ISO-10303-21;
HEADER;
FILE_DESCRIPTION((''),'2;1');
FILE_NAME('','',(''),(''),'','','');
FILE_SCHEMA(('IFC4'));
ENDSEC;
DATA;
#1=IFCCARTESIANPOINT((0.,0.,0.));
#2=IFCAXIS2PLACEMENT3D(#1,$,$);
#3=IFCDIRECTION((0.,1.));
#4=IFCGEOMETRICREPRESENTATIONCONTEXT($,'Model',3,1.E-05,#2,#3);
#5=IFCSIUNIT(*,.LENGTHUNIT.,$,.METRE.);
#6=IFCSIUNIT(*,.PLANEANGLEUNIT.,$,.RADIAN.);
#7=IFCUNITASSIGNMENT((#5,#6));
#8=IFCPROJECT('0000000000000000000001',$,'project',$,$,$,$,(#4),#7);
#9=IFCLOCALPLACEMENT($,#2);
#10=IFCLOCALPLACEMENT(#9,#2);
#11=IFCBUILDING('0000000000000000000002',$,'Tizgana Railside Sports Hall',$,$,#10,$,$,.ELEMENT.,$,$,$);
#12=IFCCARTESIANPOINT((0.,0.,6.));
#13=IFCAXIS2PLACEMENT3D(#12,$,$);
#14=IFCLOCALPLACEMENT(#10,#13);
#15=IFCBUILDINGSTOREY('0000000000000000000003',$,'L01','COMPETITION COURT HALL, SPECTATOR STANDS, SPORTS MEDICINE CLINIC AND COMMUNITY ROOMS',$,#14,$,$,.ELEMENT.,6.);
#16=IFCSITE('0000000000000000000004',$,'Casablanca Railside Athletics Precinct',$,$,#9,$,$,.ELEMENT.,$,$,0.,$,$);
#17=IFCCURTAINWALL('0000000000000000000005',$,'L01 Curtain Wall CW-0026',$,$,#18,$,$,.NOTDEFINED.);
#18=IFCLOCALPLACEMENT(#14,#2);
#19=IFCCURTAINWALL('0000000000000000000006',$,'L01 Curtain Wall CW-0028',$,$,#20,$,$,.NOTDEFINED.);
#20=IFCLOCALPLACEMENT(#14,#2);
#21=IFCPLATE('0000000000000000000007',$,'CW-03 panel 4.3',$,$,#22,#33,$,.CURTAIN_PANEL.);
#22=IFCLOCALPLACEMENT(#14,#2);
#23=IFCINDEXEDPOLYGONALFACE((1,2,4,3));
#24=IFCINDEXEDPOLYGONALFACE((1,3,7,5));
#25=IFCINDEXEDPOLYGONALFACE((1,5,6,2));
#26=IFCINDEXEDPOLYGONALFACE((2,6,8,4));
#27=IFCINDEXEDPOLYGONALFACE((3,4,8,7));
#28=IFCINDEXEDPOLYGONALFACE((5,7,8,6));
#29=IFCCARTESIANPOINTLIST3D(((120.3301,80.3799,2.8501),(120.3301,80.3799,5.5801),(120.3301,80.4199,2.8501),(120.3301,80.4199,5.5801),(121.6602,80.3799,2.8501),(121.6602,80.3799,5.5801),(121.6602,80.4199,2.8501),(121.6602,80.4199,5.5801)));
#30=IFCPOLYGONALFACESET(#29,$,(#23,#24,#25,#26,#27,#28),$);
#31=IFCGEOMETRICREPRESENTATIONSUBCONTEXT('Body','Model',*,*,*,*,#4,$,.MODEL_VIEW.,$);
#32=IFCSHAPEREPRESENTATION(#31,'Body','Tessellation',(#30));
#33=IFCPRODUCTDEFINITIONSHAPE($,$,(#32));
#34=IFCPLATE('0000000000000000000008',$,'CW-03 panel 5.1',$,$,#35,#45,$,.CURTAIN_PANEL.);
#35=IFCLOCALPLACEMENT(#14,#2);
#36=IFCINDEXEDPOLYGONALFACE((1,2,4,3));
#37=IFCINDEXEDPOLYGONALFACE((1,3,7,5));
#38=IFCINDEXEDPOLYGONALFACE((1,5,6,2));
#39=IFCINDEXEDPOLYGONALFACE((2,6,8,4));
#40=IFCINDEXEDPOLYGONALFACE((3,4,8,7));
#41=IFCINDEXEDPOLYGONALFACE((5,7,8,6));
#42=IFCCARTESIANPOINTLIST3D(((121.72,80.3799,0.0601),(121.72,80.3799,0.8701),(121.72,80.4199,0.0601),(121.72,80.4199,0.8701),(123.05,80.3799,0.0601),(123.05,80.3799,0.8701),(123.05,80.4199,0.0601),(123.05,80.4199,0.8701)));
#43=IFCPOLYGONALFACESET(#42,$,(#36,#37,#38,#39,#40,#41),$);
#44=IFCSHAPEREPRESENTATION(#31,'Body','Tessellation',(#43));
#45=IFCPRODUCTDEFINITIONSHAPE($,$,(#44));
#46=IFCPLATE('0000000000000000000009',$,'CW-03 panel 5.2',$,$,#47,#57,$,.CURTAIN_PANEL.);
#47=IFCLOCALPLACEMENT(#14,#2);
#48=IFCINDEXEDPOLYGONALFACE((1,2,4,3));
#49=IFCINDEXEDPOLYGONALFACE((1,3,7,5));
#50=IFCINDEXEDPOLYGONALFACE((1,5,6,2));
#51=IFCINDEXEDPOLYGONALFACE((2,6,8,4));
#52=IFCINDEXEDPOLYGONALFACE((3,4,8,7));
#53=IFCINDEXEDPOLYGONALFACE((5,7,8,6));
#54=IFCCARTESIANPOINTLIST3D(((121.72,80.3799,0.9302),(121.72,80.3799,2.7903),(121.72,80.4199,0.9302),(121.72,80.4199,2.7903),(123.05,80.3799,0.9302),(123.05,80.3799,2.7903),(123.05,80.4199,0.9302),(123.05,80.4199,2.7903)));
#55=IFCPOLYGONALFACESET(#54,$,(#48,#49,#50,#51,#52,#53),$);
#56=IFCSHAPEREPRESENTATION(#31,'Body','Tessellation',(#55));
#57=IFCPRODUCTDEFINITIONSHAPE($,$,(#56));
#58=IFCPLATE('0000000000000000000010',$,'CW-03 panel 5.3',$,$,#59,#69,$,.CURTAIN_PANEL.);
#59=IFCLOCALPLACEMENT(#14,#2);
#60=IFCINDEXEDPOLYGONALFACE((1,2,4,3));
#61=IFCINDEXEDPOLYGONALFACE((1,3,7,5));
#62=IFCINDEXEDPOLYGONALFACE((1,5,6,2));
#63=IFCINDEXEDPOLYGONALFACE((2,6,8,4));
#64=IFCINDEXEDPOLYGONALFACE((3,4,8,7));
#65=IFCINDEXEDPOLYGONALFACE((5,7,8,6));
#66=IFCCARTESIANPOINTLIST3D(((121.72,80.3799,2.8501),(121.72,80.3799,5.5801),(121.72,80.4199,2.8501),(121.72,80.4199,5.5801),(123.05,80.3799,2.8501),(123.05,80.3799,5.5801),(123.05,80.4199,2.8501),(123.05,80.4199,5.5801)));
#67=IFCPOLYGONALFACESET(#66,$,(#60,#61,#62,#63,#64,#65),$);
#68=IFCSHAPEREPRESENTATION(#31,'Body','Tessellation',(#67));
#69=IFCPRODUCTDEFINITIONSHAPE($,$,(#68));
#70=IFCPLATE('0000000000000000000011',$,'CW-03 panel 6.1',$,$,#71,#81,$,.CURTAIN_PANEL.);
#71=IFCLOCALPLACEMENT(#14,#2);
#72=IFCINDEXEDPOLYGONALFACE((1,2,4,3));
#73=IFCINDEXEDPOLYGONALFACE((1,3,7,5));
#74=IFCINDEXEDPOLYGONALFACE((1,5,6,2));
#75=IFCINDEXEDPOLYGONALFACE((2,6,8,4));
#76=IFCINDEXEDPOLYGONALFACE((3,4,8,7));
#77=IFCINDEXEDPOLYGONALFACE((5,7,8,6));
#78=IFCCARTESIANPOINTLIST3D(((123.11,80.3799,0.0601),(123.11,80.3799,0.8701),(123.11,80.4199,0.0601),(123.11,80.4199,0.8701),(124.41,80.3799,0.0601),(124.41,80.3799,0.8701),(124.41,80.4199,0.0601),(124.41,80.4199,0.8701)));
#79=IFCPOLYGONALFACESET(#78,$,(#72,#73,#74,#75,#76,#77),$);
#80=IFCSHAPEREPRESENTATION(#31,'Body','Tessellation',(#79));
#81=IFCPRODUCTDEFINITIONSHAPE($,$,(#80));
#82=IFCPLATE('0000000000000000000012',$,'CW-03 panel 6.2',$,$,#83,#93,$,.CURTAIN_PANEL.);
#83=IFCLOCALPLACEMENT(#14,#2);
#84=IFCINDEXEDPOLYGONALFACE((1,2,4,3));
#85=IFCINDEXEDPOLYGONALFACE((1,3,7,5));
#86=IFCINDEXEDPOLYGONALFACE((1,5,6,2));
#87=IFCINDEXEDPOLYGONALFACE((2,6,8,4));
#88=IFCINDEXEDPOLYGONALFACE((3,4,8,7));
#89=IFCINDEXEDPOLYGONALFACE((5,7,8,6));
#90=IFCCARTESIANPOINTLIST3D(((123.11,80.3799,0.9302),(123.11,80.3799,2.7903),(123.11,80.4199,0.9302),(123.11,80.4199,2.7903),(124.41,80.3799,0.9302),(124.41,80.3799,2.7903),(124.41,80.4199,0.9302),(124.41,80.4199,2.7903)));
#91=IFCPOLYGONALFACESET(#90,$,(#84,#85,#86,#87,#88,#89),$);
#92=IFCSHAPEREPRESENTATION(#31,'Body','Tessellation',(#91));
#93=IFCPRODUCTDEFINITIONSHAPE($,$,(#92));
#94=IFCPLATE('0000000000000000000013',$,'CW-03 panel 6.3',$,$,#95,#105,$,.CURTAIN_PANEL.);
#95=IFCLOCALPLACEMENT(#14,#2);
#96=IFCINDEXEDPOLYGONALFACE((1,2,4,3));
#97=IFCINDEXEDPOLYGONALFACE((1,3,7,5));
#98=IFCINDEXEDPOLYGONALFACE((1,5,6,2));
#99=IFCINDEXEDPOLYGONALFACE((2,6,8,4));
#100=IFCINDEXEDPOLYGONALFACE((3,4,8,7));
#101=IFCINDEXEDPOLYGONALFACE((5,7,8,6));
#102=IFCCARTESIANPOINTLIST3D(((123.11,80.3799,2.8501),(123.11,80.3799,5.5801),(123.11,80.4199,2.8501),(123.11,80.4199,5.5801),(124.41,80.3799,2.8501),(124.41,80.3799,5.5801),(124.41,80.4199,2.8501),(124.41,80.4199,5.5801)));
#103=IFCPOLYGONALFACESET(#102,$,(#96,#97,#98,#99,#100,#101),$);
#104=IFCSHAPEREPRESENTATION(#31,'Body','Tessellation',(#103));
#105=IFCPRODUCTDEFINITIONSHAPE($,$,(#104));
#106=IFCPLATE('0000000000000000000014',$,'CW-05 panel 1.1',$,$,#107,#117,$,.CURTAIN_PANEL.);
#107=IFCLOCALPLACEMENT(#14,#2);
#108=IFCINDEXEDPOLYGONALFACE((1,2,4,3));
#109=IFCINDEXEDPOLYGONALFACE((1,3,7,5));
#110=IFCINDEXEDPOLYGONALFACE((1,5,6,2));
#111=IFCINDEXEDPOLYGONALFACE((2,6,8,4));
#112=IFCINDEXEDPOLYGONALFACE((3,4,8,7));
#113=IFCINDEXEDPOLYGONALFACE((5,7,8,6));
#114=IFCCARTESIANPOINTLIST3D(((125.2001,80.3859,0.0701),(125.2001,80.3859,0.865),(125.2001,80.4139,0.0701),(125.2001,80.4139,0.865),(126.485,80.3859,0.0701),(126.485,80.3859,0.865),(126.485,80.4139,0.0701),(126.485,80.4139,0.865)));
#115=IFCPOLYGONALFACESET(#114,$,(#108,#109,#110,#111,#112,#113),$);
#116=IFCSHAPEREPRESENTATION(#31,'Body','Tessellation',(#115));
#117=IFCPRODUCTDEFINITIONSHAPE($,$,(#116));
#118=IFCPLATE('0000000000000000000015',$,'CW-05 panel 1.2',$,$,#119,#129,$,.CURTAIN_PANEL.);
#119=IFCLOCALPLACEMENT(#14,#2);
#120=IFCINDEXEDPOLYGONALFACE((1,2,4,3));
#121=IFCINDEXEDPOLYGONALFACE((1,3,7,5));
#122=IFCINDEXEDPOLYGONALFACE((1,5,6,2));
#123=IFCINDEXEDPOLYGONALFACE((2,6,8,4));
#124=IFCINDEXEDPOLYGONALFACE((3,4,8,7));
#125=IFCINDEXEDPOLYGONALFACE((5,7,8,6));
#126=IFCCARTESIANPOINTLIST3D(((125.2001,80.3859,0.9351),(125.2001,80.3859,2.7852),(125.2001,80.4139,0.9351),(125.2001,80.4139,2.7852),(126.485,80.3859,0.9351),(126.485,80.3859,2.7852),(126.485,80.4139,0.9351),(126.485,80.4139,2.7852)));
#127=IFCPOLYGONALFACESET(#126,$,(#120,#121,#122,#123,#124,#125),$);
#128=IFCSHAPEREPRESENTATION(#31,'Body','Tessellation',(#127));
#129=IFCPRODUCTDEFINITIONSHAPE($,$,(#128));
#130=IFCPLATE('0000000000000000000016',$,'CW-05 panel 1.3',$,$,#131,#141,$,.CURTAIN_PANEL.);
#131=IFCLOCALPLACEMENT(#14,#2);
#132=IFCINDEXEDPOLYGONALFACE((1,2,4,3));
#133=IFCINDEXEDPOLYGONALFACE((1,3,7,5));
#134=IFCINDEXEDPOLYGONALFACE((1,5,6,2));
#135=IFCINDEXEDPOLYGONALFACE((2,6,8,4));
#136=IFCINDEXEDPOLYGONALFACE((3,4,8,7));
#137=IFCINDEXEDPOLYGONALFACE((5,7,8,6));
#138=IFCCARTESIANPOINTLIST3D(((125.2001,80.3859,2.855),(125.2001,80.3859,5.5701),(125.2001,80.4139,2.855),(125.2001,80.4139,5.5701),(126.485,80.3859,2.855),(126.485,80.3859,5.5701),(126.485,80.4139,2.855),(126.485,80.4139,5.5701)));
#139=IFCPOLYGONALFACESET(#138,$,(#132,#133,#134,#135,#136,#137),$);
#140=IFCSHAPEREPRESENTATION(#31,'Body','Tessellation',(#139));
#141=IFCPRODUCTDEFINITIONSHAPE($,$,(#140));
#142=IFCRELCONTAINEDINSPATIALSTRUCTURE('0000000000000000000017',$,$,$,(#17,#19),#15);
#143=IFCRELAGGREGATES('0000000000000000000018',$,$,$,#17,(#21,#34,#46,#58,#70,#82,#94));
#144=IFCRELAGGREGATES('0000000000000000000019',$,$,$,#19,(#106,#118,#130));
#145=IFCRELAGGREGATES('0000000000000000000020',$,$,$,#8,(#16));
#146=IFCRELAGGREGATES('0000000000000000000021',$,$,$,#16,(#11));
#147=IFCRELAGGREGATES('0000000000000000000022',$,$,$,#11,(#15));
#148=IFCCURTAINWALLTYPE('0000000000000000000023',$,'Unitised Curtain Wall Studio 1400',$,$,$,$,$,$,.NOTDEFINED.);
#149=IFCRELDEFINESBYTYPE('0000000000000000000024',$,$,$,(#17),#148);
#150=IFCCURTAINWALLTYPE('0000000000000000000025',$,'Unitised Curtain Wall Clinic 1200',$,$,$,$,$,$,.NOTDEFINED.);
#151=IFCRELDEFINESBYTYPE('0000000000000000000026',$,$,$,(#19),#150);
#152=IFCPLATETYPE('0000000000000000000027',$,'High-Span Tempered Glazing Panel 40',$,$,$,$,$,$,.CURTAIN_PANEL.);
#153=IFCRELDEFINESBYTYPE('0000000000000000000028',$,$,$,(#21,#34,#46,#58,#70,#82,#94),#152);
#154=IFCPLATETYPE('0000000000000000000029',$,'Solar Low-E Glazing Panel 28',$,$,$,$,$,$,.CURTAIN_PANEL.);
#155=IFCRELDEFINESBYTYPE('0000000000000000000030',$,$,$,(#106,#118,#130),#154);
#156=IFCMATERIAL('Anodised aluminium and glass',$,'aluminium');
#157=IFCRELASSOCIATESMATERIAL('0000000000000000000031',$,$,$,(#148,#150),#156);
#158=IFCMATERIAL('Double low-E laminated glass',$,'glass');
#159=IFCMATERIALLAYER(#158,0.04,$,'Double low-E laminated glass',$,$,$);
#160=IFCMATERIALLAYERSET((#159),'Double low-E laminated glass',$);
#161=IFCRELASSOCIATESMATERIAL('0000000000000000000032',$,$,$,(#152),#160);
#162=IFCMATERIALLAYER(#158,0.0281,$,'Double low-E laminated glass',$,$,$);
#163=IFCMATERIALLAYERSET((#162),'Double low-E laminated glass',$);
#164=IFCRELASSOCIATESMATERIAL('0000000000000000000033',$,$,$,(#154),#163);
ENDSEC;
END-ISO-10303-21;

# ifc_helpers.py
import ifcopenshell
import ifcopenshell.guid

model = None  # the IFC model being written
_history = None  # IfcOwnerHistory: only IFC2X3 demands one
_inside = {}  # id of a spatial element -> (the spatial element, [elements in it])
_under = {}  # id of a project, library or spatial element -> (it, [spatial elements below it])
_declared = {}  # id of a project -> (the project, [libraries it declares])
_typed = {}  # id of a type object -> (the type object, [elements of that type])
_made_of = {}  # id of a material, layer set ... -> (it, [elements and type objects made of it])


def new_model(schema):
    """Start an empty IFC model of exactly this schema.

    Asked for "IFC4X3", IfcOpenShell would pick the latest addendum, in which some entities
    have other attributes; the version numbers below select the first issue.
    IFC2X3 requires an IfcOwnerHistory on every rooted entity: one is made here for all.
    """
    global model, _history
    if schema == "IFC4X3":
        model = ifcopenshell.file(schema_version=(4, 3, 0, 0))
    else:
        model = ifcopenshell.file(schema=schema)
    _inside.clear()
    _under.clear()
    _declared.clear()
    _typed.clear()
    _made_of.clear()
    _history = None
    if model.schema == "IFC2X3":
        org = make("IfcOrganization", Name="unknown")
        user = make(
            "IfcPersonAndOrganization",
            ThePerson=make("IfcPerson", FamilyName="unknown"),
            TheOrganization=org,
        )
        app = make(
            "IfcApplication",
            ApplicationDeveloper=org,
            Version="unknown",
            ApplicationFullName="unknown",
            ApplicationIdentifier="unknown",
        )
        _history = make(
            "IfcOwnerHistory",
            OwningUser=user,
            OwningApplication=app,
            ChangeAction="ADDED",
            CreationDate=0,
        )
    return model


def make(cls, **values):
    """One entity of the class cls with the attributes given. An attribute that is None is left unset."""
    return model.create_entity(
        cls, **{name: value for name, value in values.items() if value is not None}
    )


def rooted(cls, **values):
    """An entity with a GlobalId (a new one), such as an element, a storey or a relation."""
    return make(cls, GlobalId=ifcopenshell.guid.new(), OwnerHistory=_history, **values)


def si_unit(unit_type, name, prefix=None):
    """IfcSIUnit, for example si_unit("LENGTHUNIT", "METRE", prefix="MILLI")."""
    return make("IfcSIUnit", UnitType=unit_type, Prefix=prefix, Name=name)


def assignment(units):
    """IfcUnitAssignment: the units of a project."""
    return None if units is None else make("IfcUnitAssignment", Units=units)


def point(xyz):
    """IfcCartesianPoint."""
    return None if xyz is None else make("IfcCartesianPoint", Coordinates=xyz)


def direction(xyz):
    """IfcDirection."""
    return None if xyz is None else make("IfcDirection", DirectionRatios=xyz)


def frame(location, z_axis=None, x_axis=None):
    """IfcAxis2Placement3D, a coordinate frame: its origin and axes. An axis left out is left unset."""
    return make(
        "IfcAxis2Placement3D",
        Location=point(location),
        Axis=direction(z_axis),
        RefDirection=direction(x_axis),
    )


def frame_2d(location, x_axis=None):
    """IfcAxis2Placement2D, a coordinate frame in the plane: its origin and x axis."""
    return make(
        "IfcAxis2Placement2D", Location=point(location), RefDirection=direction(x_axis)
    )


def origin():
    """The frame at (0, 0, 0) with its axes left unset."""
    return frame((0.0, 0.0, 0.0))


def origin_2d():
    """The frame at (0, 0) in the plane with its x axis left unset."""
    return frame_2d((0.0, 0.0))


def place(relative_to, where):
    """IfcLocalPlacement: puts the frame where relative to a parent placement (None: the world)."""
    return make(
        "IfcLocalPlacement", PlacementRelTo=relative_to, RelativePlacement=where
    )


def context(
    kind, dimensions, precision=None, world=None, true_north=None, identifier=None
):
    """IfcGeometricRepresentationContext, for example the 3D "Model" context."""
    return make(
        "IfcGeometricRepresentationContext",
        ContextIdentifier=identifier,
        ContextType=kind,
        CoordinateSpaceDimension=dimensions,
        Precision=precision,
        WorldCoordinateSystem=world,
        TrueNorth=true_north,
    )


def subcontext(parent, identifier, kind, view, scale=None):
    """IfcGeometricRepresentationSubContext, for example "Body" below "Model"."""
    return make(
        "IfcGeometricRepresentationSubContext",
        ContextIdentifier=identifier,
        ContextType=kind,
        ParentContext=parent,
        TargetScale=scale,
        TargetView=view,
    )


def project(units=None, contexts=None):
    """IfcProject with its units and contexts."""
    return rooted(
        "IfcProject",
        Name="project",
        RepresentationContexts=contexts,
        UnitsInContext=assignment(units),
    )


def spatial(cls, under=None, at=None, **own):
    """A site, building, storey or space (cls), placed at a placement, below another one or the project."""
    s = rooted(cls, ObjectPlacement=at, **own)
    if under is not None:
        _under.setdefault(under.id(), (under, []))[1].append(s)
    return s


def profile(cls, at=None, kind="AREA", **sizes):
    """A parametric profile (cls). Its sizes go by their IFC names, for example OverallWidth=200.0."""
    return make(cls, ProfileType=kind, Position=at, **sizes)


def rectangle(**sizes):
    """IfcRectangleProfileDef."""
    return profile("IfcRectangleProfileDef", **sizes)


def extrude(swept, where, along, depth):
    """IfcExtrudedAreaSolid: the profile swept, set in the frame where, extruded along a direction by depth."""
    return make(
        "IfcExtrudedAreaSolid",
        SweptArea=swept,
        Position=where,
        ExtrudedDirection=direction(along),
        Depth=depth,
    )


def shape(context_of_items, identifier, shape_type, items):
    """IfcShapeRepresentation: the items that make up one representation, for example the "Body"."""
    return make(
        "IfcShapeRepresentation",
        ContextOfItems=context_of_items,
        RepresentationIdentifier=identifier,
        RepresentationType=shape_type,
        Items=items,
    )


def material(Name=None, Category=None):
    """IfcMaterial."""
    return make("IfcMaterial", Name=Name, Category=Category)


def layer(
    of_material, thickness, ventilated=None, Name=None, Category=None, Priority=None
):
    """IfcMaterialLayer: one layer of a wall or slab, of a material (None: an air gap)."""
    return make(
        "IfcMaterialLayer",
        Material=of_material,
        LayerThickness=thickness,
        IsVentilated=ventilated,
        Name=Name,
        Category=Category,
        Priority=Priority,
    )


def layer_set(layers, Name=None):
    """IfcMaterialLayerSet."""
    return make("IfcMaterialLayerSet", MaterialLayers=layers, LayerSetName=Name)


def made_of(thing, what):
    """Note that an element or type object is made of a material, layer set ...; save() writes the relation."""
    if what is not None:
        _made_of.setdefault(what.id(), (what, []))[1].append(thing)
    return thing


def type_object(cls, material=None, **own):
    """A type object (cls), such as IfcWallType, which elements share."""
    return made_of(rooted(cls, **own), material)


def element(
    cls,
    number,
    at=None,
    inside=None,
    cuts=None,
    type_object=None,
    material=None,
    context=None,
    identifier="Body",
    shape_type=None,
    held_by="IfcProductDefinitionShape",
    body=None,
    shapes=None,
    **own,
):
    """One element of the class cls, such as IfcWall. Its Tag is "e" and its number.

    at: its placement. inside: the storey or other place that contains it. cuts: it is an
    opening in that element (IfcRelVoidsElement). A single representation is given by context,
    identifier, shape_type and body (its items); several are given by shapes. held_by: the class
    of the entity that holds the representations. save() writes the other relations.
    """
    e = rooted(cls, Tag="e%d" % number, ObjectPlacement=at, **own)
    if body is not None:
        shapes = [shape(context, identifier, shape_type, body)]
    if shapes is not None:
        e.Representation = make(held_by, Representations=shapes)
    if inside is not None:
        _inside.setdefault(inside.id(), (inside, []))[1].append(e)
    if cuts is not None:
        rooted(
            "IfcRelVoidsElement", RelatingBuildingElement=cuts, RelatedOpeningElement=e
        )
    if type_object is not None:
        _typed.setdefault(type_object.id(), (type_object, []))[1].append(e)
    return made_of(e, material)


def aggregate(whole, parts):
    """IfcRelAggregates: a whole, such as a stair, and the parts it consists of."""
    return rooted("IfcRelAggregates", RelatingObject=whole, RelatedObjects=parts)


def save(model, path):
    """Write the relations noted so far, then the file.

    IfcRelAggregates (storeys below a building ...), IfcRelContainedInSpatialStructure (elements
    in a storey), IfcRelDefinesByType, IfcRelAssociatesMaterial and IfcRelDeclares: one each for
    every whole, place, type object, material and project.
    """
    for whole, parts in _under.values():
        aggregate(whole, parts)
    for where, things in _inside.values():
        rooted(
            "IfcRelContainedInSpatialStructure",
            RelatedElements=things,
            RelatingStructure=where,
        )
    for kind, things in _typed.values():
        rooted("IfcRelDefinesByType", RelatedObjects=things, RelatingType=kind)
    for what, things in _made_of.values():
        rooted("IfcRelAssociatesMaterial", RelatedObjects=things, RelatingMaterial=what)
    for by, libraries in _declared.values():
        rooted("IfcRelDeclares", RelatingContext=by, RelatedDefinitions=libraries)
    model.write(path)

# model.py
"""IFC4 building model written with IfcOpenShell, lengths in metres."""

from ifc_helpers import new_model, si_unit, direction, frame, origin, origin_2d, place, context, subcontext, project, spatial, rectangle, extrude, material, layer, layer_set, type_object, element, aggregate, save


model = new_model("IFC4")

# Units and contexts
model_context = context("Model", 3, precision=1e-05, world=origin(), true_north=direction((0.0, 1.0)))
body_context = subcontext(model_context, "Body", "Model", "MODEL_VIEW")
ifc_project = project(units=[si_unit("LENGTHUNIT", "METRE"), si_unit("PLANEANGLEUNIT", "RADIAN")], contexts=[model_context])

# Site, building, storey
site_placement = place(None, origin())
site = spatial("IfcSite", under=ifc_project, at=site_placement, Name="Casablanca Railside Athletics Precinct", CompositionType="ELEMENT", RefElevation=0.0)
building_placement = place(site_placement, origin())
building = spatial("IfcBuilding", under=site, at=building_placement, Name="Tizgana Railside Sports Hall", CompositionType="ELEMENT")
storey_placement = place(building_placement, frame((0.0, 0.0, 6.0)))
storey = spatial("IfcBuildingStorey", under=building, at=storey_placement, Name="L01", Description="COMPETITION COURT HALL, SPECTATOR STANDS, SPORTS MEDICINE CLINIC AND COMMUNITY ROOMS", CompositionType="ELEMENT", Elevation=6.0)

# Curtain walls
ifc_material_1 = material(Name="Anodised aluminium and glass", Category="aluminium")
curtain_wall_type_1 = type_object("IfcCurtainWallType", Name="Unitised Curtain Wall Studio 1400", PredefinedType="NOTDEFINED", material=ifc_material_1)
curtain_wall_1_placement = place(storey_placement, origin())
curtain_wall_1 = element("IfcCurtainWall", 1, at=curtain_wall_1_placement, inside=storey, type_object=curtain_wall_type_1, Name="L01 Curtain Wall CW-0026", PredefinedType="NOTDEFINED")
curtain_wall_type_2 = type_object("IfcCurtainWallType", Name="Unitised Curtain Wall Clinic 1200", PredefinedType="NOTDEFINED", material=ifc_material_1)
curtain_wall_2_placement = place(storey_placement, origin())
curtain_wall_2 = element("IfcCurtainWall", 2, at=curtain_wall_2_placement, inside=storey, type_object=curtain_wall_type_2, Name="L01 Curtain Wall CW-0028", PredefinedType="NOTDEFINED")

# Plates
ifc_material_2 = material(Name="Double low-E laminated glass", Category="glass")
ifc_layer_1 = layer(ifc_material_2, 0.04, Name="Double low-E laminated glass")
ifc_layer_set_1 = layer_set([ifc_layer_1], Name="Double low-E laminated glass")
plate_type_1 = type_object("IfcPlateType", Name="High-Span Tempered Glazing Panel 40", PredefinedType="CURTAIN_PANEL", material=ifc_layer_set_1)
plate_1_placement = place(storey_placement, frame((120.9951, 80.3999, 2.8501), z_axis=(0.0, 0.0, 1.0), x_axis=(1.0, 0.0, 0.0)))
plate_1 = element("IfcPlate", 3, at=plate_1_placement, type_object=plate_type_1, Name="CW-03 panel 4.3", PredefinedType="CURTAIN_PANEL", context=body_context, shape_type="SweptSolid", body=[
    extrude(rectangle(XDim=1.3301, YDim=0.04, at=origin_2d()), origin(), (0.0, 0.0, 1.0), 2.73),
])
plate_2_placement = place(storey_placement, frame((122.385, 80.3999, 0.0601), z_axis=(0.0, 0.0, 1.0), x_axis=(1.0, 0.0, 0.0)))
plate_2 = element("IfcPlate", 4, at=plate_2_placement, type_object=plate_type_1, Name="CW-03 panel 5.1", PredefinedType="CURTAIN_PANEL", context=body_context, shape_type="SweptSolid", body=[
    extrude(rectangle(XDim=1.3301, YDim=0.04, at=origin_2d()), origin(), (0.0, 0.0, 1.0), 0.8101),
])
plate_3_placement = place(storey_placement, frame((122.385, 80.3999, 0.9302), z_axis=(0.0, 0.0, 1.0), x_axis=(1.0, 0.0, 0.0)))
plate_3 = element("IfcPlate", 5, at=plate_3_placement, type_object=plate_type_1, Name="CW-03 panel 5.2", PredefinedType="CURTAIN_PANEL", context=body_context, shape_type="SweptSolid", body=[
    extrude(rectangle(XDim=1.3301, YDim=0.04, at=origin_2d()), origin(), (0.0, 0.0, 1.0), 1.8601),
])
plate_4_placement = place(storey_placement, frame((122.385, 80.3999, 2.8501), z_axis=(0.0, 0.0, 1.0), x_axis=(1.0, 0.0, 0.0)))
plate_4 = element("IfcPlate", 6, at=plate_4_placement, type_object=plate_type_1, Name="CW-03 panel 5.3", PredefinedType="CURTAIN_PANEL", context=body_context, shape_type="SweptSolid", body=[
    extrude(rectangle(XDim=1.3301, YDim=0.04, at=origin_2d()), origin(), (0.0, 0.0, 1.0), 2.73),
])
plate_5_placement = place(storey_placement, frame((123.76, 80.3999, 0.0601), z_axis=(0.0, 0.0, 1.0), x_axis=(1.0, 0.0, 0.0)))
plate_5 = element("IfcPlate", 7, at=plate_5_placement, type_object=plate_type_1, Name="CW-03 panel 6.1", PredefinedType="CURTAIN_PANEL", context=body_context, shape_type="SweptSolid", body=[
    extrude(rectangle(XDim=1.3, YDim=0.04, at=origin_2d()), origin(), (0.0, 0.0, 1.0), 0.8101),
])
plate_6_placement = place(storey_placement, frame((123.76, 80.3999, 0.9302), z_axis=(0.0, 0.0, 1.0), x_axis=(1.0, 0.0, 0.0)))
plate_6 = element("IfcPlate", 8, at=plate_6_placement, type_object=plate_type_1, Name="CW-03 panel 6.2", PredefinedType="CURTAIN_PANEL", context=body_context, shape_type="SweptSolid", body=[
    extrude(rectangle(XDim=1.3, YDim=0.04, at=origin_2d()), origin(), (0.0, 0.0, 1.0), 1.8601),
])
plate_7_placement = place(storey_placement, frame((123.76, 80.3999, 2.8501), z_axis=(0.0, 0.0, 1.0), x_axis=(1.0, 0.0, 0.0)))
plate_7 = element("IfcPlate", 9, at=plate_7_placement, type_object=plate_type_1, Name="CW-03 panel 6.3", PredefinedType="CURTAIN_PANEL", context=body_context, shape_type="SweptSolid", body=[
    extrude(rectangle(XDim=1.3, YDim=0.04, at=origin_2d()), origin(), (0.0, 0.0, 1.0), 2.73),
])
aggregate(curtain_wall_1, [plate_1, plate_2, plate_3, plate_4, plate_5, plate_6, plate_7])
ifc_layer_2 = layer(ifc_material_2, 0.0281, Name="Double low-E laminated glass")
ifc_layer_set_2 = layer_set([ifc_layer_2], Name="Double low-E laminated glass")
plate_type_2 = type_object("IfcPlateType", Name="Solar Low-E Glazing Panel 28", PredefinedType="CURTAIN_PANEL", material=ifc_layer_set_2)
plate_8_placement = place(storey_placement, frame((125.8425, 80.3999, 0.0701), z_axis=(0.0, 0.0, 1.0), x_axis=(1.0, 0.0, 0.0)))
plate_8 = element("IfcPlate", 10, at=plate_8_placement, type_object=plate_type_2, Name="CW-05 panel 1.1", PredefinedType="CURTAIN_PANEL", context=body_context, shape_type="SweptSolid", body=[
    extrude(rectangle(XDim=1.2849, YDim=0.0281, at=origin_2d()), origin(), (0.0, 0.0, 1.0), 0.7949),
])
plate_9_placement = place(storey_placement, frame((125.8425, 80.3999, 0.9351), z_axis=(0.0, 0.0, 1.0), x_axis=(1.0, 0.0, 0.0)))
plate_9 = element("IfcPlate", 11, at=plate_9_placement, type_object=plate_type_2, Name="CW-05 panel 1.2", PredefinedType="CURTAIN_PANEL", context=body_context, shape_type="SweptSolid", body=[
    extrude(rectangle(XDim=1.2849, YDim=0.0281, at=origin_2d()), origin(), (0.0, 0.0, 1.0), 1.8501),
])
plate_10_placement = place(storey_placement, frame((125.8425, 80.3999, 2.855), z_axis=(0.0, 0.0, 1.0), x_axis=(1.0, 0.0, 0.0)))
plate_10 = element("IfcPlate", 12, at=plate_10_placement, type_object=plate_type_2, Name="CW-05 panel 1.3", PredefinedType="CURTAIN_PANEL", context=body_context, shape_type="SweptSolid", body=[
    extrude(rectangle(XDim=1.2849, YDim=0.0281, at=origin_2d()), origin(), (0.0, 0.0, 1.0), 2.7151),
])
aggregate(curtain_wall_2, [plate_8, plate_9, plate_10])

save(model, "model.ifc")
